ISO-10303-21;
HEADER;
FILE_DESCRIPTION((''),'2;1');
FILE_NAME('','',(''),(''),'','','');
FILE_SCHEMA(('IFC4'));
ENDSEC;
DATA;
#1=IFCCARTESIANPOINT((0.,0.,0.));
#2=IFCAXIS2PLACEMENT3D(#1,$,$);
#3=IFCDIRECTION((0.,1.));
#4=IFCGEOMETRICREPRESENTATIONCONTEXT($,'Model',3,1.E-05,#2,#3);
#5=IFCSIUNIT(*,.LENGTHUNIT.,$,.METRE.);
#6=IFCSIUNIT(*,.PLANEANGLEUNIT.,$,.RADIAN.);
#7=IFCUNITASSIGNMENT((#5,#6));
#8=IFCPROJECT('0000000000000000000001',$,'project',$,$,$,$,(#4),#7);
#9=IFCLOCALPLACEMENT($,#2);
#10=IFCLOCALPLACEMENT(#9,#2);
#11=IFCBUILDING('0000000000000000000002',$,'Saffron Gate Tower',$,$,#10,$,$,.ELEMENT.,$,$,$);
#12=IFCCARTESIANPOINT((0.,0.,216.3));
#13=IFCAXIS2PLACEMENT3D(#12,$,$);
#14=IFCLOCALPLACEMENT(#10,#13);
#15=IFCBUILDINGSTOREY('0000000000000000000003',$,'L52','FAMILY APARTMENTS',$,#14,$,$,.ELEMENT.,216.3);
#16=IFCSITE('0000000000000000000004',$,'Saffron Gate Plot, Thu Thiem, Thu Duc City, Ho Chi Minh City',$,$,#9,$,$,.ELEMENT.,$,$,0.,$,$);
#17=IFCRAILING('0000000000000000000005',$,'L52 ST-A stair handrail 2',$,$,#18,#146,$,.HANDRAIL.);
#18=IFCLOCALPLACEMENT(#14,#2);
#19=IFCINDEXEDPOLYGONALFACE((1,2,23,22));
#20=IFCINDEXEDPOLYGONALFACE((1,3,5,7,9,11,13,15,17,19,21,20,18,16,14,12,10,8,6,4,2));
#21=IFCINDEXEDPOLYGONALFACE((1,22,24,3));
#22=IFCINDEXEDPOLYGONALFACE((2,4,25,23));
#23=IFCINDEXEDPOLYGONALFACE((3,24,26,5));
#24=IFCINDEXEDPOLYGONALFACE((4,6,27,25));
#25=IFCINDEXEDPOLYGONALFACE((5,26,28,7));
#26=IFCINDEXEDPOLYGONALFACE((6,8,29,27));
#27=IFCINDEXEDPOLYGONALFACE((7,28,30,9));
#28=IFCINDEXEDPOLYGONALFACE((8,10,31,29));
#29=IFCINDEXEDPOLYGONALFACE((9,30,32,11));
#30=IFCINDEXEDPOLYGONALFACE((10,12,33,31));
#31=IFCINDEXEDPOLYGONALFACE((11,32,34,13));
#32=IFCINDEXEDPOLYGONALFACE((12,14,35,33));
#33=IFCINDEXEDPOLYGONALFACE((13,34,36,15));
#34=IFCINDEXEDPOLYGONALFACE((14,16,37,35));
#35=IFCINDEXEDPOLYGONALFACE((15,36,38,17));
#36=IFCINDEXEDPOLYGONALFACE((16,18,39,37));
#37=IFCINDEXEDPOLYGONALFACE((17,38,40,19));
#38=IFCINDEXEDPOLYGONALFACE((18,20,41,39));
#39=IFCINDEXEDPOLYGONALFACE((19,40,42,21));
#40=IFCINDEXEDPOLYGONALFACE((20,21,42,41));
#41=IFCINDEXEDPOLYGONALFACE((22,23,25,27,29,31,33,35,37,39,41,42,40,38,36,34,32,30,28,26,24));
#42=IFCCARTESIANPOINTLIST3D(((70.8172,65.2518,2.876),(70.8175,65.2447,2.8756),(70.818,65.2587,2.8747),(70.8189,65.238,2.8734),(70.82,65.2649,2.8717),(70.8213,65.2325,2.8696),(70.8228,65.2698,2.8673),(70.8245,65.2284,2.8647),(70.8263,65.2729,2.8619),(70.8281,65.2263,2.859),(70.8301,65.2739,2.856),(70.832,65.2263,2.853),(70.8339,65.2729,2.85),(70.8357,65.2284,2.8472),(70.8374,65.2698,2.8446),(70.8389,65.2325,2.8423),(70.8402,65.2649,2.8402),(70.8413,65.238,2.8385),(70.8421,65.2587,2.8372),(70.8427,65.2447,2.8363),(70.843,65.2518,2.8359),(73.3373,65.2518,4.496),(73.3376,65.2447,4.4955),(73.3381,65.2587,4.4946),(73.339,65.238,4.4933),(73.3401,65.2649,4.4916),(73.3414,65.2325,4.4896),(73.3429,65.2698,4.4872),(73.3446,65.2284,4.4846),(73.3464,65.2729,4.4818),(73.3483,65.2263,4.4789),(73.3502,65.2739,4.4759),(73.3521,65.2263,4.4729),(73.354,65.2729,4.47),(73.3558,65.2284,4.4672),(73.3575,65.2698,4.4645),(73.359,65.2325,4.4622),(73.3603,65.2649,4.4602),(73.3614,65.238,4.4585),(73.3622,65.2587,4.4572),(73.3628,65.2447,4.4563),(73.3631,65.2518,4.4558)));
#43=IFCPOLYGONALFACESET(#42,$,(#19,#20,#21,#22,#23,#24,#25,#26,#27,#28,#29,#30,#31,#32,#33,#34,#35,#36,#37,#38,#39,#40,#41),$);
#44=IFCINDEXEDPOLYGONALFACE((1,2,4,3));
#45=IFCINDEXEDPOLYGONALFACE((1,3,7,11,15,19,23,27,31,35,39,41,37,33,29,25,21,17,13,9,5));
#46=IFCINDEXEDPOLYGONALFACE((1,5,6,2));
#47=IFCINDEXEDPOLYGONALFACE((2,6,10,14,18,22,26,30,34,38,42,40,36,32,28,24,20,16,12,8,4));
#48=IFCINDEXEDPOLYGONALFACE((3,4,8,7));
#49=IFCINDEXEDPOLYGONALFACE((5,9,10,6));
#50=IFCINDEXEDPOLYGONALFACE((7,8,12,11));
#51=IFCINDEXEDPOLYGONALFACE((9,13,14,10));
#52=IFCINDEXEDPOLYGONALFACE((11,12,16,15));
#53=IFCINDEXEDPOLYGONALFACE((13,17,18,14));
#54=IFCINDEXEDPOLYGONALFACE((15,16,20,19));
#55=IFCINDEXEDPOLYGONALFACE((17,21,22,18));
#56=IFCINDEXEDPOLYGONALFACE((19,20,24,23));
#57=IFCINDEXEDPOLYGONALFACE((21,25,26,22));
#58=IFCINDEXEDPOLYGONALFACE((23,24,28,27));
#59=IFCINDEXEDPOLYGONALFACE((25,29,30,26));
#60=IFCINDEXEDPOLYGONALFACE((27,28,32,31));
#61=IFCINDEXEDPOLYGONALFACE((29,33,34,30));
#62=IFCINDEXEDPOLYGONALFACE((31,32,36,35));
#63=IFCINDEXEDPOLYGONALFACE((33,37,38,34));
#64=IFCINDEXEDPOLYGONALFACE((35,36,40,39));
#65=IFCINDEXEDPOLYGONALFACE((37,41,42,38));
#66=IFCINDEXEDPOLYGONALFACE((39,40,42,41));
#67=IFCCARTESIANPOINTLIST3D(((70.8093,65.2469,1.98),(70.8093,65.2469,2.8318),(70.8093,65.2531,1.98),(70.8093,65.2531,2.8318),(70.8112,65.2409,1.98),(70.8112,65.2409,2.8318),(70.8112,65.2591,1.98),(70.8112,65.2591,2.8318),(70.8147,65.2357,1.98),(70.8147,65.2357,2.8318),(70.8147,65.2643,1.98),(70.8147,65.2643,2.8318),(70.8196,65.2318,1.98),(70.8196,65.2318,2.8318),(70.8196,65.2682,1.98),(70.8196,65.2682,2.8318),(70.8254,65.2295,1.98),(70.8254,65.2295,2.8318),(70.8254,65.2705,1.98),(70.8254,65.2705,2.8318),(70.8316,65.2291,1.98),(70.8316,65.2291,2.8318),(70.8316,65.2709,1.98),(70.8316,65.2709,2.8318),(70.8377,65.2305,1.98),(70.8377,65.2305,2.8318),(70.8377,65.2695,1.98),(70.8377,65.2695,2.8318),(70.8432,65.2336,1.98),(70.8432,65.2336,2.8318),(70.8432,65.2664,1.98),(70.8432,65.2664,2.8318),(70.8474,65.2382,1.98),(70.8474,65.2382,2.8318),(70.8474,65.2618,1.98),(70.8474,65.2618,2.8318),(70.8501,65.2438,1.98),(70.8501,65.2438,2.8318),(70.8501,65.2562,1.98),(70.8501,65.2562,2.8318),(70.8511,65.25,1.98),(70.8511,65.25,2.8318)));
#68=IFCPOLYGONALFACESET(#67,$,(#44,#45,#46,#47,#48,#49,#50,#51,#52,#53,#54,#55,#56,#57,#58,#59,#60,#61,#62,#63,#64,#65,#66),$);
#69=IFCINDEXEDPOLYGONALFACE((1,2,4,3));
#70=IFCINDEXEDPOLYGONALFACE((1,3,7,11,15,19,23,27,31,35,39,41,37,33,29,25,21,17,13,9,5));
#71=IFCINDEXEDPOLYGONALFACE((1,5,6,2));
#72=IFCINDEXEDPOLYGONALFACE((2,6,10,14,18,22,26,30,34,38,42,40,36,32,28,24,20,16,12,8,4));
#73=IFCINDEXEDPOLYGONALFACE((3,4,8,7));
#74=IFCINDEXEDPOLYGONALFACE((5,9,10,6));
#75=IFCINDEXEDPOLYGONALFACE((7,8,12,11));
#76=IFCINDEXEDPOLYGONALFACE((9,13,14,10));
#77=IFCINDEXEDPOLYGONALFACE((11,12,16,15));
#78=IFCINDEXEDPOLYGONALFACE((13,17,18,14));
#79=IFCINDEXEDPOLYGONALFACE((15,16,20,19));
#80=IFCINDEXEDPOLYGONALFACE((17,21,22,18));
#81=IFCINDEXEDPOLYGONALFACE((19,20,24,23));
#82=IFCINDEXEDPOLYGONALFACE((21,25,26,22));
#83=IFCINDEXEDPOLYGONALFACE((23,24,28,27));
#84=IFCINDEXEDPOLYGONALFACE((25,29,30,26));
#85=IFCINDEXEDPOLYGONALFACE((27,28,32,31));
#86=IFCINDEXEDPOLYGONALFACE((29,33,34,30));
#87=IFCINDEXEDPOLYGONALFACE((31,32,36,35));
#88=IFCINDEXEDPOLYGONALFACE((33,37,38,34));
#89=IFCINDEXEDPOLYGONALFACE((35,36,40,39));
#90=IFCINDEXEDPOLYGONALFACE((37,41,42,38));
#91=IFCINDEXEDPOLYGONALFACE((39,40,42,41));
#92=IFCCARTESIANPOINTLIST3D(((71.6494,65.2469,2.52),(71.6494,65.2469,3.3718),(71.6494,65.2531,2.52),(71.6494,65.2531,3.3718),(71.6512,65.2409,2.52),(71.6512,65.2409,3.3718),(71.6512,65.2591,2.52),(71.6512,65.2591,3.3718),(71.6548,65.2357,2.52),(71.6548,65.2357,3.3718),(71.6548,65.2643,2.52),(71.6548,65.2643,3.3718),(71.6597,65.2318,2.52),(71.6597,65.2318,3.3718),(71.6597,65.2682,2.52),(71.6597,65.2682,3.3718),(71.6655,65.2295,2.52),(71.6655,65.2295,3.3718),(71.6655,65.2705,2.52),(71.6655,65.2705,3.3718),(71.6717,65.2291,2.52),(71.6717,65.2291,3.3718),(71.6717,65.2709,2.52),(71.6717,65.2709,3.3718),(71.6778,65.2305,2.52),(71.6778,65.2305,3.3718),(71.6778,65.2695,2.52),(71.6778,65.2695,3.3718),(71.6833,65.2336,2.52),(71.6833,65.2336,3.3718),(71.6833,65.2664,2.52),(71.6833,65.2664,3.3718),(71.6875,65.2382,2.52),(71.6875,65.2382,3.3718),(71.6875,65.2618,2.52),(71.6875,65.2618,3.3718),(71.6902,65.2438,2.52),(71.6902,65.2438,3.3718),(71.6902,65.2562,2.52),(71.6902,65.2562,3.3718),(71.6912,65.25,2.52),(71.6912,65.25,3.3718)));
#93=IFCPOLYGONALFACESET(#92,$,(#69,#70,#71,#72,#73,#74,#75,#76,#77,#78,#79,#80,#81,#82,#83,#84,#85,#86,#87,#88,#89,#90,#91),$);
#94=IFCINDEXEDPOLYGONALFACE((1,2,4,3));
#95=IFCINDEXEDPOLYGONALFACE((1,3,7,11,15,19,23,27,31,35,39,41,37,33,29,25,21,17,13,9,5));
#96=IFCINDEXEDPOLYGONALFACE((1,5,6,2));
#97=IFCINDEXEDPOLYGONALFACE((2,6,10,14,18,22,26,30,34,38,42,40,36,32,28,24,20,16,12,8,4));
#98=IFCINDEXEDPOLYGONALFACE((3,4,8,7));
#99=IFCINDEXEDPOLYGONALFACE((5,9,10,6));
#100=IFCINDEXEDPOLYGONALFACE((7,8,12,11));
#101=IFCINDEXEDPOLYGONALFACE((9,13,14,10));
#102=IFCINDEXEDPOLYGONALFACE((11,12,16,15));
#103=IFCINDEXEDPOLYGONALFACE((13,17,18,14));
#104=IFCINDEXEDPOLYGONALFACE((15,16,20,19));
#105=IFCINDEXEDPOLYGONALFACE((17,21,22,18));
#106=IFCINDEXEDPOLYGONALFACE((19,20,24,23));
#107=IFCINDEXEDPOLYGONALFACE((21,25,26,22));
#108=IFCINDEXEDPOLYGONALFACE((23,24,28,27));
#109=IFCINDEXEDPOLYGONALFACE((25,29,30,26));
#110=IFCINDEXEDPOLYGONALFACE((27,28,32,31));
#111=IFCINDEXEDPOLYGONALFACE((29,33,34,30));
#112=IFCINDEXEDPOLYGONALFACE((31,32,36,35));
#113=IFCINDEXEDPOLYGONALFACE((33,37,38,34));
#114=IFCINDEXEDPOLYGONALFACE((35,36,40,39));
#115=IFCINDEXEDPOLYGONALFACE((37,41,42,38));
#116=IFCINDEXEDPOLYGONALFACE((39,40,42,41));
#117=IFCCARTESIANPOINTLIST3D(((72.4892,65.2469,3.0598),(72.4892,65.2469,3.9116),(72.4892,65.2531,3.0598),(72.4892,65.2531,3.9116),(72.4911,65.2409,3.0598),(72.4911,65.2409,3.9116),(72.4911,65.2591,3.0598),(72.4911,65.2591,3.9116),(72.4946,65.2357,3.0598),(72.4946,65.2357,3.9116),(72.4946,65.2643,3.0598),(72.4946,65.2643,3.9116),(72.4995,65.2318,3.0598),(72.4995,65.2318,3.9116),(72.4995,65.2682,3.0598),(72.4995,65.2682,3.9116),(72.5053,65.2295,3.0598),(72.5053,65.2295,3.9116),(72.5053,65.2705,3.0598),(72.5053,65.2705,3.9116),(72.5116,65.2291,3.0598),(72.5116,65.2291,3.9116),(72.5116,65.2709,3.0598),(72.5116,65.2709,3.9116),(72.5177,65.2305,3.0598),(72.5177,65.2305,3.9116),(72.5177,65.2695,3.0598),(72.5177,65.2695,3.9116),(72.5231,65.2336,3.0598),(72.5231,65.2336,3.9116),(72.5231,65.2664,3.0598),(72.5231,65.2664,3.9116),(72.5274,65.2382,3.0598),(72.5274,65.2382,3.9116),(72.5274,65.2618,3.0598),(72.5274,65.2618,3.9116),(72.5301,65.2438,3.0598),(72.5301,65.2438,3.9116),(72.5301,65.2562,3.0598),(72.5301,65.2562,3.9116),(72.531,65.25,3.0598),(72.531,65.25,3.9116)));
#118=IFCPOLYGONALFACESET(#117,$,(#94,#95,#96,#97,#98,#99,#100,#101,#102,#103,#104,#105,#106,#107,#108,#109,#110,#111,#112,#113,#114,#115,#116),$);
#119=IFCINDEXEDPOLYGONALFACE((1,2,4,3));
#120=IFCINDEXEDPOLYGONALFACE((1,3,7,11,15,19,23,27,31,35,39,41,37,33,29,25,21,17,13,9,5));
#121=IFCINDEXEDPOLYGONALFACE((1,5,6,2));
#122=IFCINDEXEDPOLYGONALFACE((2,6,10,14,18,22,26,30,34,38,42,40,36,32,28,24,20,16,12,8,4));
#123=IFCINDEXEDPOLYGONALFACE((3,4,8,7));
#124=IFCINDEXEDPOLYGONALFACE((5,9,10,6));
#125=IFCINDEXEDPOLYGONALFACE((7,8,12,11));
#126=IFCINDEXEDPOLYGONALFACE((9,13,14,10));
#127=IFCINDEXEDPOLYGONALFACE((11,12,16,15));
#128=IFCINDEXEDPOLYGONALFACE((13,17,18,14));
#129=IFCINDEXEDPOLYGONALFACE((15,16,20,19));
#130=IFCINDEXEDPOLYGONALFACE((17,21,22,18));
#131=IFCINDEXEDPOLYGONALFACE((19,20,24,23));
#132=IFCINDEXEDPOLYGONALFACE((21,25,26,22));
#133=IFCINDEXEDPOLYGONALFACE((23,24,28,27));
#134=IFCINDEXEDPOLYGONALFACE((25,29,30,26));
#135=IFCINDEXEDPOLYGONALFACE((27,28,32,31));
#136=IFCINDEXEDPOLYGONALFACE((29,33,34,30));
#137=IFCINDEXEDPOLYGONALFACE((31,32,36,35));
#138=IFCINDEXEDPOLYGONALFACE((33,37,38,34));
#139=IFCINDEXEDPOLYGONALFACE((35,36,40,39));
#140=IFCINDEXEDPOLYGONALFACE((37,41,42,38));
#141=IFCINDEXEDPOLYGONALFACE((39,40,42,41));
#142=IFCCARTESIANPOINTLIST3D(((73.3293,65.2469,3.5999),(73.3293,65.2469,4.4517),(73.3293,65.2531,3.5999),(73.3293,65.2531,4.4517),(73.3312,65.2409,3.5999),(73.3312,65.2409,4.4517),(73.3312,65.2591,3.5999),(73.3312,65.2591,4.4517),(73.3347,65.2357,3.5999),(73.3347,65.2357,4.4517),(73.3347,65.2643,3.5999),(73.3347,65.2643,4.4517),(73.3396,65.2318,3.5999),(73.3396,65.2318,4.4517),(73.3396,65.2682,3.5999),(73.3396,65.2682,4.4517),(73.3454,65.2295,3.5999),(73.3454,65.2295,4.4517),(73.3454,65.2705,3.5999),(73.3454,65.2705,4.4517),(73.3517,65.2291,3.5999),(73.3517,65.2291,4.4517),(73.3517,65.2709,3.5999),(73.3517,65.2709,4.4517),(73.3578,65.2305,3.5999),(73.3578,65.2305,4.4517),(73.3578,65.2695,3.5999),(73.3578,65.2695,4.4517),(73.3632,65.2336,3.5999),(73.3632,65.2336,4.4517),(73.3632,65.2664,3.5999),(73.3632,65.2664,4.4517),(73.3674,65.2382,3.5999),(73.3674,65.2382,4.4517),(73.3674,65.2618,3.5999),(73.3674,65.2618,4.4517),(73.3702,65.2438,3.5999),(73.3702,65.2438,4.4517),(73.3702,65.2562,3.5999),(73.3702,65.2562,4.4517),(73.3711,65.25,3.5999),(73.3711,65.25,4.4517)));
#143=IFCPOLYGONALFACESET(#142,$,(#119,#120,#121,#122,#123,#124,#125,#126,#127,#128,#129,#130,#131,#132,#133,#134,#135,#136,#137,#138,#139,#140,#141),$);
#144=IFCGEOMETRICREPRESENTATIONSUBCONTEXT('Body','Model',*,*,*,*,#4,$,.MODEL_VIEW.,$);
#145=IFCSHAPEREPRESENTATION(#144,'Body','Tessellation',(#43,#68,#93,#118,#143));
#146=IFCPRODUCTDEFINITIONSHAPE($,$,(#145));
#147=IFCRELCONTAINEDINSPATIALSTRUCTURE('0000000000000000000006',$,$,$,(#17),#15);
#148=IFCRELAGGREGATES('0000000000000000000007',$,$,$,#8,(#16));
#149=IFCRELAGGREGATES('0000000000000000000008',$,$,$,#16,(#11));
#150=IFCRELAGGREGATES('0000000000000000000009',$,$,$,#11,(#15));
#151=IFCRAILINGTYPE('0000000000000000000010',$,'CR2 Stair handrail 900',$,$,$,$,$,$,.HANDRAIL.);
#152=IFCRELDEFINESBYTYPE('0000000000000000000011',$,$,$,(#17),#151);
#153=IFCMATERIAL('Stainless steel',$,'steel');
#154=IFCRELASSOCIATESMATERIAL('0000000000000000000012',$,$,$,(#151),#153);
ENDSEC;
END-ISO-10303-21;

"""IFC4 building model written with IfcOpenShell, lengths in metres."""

from ifc_helpers import new_model, si_unit, direction, frame, origin, origin_2d, place, context, subcontext, project, spatial, circle, extrude, material, type_object, element, save


model = new_model("IFC4")

# Units and contexts
model_context = context("Model", 3, precision=1e-05, world=origin(), true_north=direction((0.0, 1.0)))
body_context = subcontext(model_context, "Body", "Model", "MODEL_VIEW")
ifc_project = project(units=[si_unit("LENGTHUNIT", "METRE"), si_unit("PLANEANGLEUNIT", "RADIAN")], contexts=[model_context])

# Site, building, storey
site_placement = place(None, origin())
site = spatial("IfcSite", under=ifc_project, at=site_placement, Name="Saffron Gate Plot, Thu Thiem, Thu Duc City, Ho Chi Minh City", CompositionType="ELEMENT", RefElevation=0.0)
building_placement = place(site_placement, origin())
building = spatial("IfcBuilding", under=site, at=building_placement, Name="Saffron Gate Tower", CompositionType="ELEMENT")
storey_placement = place(building_placement, frame((0.0, 0.0, 216.3)))
storey = spatial("IfcBuildingStorey", under=building, at=storey_placement, Name="L52", Description="FAMILY APARTMENTS", CompositionType="ELEMENT", Elevation=216.3)

# Railing
ifc_material_1 = material(Name="Stainless steel", Category="steel")
railing_type_1 = type_object("IfcRailingType", Name="CR2 Stair handrail 900", PredefinedType="HANDRAIL", material=ifc_material_1)
railing_1_placement = place(storey_placement, frame((70.8301, 65.25, 1.98)))
element("IfcRailing", 1, at=railing_1_placement, inside=storey, type_object=railing_type_1, Name="L52 ST-A stair handrail 2", PredefinedType="HANDRAIL", context=body_context, shape_type="SweptSolid", body=[
    extrude(circle(Radius=0.0239, at=origin_2d()), frame((0.0, 0.0, 0.876), z_axis=(0.8412, 0.0, 0.540725), x_axis=(0.0, 1.0, 0.0)), (0.0, 0.0, 1.0), 2.9958),
    extrude(circle(Radius=0.021, at=origin_2d()), origin(), (0.0, 0.0, 1.0), 0.8518),
    extrude(circle(Radius=0.021, at=origin_2d()), frame((0.8401, 0.0, 0.54)), (0.0, 0.0, 1.0), 0.8518),
    extrude(circle(Radius=0.021, at=origin_2d()), frame((1.6799, 0.0, 1.0798)), (0.0, 0.0, 1.0), 0.8518),
    extrude(circle(Radius=0.021, at=origin_2d()), frame((2.52, 0.0, 1.6199)), (0.0, 0.0, 1.0), 0.8518),
])

save(model, "model.ifc")
